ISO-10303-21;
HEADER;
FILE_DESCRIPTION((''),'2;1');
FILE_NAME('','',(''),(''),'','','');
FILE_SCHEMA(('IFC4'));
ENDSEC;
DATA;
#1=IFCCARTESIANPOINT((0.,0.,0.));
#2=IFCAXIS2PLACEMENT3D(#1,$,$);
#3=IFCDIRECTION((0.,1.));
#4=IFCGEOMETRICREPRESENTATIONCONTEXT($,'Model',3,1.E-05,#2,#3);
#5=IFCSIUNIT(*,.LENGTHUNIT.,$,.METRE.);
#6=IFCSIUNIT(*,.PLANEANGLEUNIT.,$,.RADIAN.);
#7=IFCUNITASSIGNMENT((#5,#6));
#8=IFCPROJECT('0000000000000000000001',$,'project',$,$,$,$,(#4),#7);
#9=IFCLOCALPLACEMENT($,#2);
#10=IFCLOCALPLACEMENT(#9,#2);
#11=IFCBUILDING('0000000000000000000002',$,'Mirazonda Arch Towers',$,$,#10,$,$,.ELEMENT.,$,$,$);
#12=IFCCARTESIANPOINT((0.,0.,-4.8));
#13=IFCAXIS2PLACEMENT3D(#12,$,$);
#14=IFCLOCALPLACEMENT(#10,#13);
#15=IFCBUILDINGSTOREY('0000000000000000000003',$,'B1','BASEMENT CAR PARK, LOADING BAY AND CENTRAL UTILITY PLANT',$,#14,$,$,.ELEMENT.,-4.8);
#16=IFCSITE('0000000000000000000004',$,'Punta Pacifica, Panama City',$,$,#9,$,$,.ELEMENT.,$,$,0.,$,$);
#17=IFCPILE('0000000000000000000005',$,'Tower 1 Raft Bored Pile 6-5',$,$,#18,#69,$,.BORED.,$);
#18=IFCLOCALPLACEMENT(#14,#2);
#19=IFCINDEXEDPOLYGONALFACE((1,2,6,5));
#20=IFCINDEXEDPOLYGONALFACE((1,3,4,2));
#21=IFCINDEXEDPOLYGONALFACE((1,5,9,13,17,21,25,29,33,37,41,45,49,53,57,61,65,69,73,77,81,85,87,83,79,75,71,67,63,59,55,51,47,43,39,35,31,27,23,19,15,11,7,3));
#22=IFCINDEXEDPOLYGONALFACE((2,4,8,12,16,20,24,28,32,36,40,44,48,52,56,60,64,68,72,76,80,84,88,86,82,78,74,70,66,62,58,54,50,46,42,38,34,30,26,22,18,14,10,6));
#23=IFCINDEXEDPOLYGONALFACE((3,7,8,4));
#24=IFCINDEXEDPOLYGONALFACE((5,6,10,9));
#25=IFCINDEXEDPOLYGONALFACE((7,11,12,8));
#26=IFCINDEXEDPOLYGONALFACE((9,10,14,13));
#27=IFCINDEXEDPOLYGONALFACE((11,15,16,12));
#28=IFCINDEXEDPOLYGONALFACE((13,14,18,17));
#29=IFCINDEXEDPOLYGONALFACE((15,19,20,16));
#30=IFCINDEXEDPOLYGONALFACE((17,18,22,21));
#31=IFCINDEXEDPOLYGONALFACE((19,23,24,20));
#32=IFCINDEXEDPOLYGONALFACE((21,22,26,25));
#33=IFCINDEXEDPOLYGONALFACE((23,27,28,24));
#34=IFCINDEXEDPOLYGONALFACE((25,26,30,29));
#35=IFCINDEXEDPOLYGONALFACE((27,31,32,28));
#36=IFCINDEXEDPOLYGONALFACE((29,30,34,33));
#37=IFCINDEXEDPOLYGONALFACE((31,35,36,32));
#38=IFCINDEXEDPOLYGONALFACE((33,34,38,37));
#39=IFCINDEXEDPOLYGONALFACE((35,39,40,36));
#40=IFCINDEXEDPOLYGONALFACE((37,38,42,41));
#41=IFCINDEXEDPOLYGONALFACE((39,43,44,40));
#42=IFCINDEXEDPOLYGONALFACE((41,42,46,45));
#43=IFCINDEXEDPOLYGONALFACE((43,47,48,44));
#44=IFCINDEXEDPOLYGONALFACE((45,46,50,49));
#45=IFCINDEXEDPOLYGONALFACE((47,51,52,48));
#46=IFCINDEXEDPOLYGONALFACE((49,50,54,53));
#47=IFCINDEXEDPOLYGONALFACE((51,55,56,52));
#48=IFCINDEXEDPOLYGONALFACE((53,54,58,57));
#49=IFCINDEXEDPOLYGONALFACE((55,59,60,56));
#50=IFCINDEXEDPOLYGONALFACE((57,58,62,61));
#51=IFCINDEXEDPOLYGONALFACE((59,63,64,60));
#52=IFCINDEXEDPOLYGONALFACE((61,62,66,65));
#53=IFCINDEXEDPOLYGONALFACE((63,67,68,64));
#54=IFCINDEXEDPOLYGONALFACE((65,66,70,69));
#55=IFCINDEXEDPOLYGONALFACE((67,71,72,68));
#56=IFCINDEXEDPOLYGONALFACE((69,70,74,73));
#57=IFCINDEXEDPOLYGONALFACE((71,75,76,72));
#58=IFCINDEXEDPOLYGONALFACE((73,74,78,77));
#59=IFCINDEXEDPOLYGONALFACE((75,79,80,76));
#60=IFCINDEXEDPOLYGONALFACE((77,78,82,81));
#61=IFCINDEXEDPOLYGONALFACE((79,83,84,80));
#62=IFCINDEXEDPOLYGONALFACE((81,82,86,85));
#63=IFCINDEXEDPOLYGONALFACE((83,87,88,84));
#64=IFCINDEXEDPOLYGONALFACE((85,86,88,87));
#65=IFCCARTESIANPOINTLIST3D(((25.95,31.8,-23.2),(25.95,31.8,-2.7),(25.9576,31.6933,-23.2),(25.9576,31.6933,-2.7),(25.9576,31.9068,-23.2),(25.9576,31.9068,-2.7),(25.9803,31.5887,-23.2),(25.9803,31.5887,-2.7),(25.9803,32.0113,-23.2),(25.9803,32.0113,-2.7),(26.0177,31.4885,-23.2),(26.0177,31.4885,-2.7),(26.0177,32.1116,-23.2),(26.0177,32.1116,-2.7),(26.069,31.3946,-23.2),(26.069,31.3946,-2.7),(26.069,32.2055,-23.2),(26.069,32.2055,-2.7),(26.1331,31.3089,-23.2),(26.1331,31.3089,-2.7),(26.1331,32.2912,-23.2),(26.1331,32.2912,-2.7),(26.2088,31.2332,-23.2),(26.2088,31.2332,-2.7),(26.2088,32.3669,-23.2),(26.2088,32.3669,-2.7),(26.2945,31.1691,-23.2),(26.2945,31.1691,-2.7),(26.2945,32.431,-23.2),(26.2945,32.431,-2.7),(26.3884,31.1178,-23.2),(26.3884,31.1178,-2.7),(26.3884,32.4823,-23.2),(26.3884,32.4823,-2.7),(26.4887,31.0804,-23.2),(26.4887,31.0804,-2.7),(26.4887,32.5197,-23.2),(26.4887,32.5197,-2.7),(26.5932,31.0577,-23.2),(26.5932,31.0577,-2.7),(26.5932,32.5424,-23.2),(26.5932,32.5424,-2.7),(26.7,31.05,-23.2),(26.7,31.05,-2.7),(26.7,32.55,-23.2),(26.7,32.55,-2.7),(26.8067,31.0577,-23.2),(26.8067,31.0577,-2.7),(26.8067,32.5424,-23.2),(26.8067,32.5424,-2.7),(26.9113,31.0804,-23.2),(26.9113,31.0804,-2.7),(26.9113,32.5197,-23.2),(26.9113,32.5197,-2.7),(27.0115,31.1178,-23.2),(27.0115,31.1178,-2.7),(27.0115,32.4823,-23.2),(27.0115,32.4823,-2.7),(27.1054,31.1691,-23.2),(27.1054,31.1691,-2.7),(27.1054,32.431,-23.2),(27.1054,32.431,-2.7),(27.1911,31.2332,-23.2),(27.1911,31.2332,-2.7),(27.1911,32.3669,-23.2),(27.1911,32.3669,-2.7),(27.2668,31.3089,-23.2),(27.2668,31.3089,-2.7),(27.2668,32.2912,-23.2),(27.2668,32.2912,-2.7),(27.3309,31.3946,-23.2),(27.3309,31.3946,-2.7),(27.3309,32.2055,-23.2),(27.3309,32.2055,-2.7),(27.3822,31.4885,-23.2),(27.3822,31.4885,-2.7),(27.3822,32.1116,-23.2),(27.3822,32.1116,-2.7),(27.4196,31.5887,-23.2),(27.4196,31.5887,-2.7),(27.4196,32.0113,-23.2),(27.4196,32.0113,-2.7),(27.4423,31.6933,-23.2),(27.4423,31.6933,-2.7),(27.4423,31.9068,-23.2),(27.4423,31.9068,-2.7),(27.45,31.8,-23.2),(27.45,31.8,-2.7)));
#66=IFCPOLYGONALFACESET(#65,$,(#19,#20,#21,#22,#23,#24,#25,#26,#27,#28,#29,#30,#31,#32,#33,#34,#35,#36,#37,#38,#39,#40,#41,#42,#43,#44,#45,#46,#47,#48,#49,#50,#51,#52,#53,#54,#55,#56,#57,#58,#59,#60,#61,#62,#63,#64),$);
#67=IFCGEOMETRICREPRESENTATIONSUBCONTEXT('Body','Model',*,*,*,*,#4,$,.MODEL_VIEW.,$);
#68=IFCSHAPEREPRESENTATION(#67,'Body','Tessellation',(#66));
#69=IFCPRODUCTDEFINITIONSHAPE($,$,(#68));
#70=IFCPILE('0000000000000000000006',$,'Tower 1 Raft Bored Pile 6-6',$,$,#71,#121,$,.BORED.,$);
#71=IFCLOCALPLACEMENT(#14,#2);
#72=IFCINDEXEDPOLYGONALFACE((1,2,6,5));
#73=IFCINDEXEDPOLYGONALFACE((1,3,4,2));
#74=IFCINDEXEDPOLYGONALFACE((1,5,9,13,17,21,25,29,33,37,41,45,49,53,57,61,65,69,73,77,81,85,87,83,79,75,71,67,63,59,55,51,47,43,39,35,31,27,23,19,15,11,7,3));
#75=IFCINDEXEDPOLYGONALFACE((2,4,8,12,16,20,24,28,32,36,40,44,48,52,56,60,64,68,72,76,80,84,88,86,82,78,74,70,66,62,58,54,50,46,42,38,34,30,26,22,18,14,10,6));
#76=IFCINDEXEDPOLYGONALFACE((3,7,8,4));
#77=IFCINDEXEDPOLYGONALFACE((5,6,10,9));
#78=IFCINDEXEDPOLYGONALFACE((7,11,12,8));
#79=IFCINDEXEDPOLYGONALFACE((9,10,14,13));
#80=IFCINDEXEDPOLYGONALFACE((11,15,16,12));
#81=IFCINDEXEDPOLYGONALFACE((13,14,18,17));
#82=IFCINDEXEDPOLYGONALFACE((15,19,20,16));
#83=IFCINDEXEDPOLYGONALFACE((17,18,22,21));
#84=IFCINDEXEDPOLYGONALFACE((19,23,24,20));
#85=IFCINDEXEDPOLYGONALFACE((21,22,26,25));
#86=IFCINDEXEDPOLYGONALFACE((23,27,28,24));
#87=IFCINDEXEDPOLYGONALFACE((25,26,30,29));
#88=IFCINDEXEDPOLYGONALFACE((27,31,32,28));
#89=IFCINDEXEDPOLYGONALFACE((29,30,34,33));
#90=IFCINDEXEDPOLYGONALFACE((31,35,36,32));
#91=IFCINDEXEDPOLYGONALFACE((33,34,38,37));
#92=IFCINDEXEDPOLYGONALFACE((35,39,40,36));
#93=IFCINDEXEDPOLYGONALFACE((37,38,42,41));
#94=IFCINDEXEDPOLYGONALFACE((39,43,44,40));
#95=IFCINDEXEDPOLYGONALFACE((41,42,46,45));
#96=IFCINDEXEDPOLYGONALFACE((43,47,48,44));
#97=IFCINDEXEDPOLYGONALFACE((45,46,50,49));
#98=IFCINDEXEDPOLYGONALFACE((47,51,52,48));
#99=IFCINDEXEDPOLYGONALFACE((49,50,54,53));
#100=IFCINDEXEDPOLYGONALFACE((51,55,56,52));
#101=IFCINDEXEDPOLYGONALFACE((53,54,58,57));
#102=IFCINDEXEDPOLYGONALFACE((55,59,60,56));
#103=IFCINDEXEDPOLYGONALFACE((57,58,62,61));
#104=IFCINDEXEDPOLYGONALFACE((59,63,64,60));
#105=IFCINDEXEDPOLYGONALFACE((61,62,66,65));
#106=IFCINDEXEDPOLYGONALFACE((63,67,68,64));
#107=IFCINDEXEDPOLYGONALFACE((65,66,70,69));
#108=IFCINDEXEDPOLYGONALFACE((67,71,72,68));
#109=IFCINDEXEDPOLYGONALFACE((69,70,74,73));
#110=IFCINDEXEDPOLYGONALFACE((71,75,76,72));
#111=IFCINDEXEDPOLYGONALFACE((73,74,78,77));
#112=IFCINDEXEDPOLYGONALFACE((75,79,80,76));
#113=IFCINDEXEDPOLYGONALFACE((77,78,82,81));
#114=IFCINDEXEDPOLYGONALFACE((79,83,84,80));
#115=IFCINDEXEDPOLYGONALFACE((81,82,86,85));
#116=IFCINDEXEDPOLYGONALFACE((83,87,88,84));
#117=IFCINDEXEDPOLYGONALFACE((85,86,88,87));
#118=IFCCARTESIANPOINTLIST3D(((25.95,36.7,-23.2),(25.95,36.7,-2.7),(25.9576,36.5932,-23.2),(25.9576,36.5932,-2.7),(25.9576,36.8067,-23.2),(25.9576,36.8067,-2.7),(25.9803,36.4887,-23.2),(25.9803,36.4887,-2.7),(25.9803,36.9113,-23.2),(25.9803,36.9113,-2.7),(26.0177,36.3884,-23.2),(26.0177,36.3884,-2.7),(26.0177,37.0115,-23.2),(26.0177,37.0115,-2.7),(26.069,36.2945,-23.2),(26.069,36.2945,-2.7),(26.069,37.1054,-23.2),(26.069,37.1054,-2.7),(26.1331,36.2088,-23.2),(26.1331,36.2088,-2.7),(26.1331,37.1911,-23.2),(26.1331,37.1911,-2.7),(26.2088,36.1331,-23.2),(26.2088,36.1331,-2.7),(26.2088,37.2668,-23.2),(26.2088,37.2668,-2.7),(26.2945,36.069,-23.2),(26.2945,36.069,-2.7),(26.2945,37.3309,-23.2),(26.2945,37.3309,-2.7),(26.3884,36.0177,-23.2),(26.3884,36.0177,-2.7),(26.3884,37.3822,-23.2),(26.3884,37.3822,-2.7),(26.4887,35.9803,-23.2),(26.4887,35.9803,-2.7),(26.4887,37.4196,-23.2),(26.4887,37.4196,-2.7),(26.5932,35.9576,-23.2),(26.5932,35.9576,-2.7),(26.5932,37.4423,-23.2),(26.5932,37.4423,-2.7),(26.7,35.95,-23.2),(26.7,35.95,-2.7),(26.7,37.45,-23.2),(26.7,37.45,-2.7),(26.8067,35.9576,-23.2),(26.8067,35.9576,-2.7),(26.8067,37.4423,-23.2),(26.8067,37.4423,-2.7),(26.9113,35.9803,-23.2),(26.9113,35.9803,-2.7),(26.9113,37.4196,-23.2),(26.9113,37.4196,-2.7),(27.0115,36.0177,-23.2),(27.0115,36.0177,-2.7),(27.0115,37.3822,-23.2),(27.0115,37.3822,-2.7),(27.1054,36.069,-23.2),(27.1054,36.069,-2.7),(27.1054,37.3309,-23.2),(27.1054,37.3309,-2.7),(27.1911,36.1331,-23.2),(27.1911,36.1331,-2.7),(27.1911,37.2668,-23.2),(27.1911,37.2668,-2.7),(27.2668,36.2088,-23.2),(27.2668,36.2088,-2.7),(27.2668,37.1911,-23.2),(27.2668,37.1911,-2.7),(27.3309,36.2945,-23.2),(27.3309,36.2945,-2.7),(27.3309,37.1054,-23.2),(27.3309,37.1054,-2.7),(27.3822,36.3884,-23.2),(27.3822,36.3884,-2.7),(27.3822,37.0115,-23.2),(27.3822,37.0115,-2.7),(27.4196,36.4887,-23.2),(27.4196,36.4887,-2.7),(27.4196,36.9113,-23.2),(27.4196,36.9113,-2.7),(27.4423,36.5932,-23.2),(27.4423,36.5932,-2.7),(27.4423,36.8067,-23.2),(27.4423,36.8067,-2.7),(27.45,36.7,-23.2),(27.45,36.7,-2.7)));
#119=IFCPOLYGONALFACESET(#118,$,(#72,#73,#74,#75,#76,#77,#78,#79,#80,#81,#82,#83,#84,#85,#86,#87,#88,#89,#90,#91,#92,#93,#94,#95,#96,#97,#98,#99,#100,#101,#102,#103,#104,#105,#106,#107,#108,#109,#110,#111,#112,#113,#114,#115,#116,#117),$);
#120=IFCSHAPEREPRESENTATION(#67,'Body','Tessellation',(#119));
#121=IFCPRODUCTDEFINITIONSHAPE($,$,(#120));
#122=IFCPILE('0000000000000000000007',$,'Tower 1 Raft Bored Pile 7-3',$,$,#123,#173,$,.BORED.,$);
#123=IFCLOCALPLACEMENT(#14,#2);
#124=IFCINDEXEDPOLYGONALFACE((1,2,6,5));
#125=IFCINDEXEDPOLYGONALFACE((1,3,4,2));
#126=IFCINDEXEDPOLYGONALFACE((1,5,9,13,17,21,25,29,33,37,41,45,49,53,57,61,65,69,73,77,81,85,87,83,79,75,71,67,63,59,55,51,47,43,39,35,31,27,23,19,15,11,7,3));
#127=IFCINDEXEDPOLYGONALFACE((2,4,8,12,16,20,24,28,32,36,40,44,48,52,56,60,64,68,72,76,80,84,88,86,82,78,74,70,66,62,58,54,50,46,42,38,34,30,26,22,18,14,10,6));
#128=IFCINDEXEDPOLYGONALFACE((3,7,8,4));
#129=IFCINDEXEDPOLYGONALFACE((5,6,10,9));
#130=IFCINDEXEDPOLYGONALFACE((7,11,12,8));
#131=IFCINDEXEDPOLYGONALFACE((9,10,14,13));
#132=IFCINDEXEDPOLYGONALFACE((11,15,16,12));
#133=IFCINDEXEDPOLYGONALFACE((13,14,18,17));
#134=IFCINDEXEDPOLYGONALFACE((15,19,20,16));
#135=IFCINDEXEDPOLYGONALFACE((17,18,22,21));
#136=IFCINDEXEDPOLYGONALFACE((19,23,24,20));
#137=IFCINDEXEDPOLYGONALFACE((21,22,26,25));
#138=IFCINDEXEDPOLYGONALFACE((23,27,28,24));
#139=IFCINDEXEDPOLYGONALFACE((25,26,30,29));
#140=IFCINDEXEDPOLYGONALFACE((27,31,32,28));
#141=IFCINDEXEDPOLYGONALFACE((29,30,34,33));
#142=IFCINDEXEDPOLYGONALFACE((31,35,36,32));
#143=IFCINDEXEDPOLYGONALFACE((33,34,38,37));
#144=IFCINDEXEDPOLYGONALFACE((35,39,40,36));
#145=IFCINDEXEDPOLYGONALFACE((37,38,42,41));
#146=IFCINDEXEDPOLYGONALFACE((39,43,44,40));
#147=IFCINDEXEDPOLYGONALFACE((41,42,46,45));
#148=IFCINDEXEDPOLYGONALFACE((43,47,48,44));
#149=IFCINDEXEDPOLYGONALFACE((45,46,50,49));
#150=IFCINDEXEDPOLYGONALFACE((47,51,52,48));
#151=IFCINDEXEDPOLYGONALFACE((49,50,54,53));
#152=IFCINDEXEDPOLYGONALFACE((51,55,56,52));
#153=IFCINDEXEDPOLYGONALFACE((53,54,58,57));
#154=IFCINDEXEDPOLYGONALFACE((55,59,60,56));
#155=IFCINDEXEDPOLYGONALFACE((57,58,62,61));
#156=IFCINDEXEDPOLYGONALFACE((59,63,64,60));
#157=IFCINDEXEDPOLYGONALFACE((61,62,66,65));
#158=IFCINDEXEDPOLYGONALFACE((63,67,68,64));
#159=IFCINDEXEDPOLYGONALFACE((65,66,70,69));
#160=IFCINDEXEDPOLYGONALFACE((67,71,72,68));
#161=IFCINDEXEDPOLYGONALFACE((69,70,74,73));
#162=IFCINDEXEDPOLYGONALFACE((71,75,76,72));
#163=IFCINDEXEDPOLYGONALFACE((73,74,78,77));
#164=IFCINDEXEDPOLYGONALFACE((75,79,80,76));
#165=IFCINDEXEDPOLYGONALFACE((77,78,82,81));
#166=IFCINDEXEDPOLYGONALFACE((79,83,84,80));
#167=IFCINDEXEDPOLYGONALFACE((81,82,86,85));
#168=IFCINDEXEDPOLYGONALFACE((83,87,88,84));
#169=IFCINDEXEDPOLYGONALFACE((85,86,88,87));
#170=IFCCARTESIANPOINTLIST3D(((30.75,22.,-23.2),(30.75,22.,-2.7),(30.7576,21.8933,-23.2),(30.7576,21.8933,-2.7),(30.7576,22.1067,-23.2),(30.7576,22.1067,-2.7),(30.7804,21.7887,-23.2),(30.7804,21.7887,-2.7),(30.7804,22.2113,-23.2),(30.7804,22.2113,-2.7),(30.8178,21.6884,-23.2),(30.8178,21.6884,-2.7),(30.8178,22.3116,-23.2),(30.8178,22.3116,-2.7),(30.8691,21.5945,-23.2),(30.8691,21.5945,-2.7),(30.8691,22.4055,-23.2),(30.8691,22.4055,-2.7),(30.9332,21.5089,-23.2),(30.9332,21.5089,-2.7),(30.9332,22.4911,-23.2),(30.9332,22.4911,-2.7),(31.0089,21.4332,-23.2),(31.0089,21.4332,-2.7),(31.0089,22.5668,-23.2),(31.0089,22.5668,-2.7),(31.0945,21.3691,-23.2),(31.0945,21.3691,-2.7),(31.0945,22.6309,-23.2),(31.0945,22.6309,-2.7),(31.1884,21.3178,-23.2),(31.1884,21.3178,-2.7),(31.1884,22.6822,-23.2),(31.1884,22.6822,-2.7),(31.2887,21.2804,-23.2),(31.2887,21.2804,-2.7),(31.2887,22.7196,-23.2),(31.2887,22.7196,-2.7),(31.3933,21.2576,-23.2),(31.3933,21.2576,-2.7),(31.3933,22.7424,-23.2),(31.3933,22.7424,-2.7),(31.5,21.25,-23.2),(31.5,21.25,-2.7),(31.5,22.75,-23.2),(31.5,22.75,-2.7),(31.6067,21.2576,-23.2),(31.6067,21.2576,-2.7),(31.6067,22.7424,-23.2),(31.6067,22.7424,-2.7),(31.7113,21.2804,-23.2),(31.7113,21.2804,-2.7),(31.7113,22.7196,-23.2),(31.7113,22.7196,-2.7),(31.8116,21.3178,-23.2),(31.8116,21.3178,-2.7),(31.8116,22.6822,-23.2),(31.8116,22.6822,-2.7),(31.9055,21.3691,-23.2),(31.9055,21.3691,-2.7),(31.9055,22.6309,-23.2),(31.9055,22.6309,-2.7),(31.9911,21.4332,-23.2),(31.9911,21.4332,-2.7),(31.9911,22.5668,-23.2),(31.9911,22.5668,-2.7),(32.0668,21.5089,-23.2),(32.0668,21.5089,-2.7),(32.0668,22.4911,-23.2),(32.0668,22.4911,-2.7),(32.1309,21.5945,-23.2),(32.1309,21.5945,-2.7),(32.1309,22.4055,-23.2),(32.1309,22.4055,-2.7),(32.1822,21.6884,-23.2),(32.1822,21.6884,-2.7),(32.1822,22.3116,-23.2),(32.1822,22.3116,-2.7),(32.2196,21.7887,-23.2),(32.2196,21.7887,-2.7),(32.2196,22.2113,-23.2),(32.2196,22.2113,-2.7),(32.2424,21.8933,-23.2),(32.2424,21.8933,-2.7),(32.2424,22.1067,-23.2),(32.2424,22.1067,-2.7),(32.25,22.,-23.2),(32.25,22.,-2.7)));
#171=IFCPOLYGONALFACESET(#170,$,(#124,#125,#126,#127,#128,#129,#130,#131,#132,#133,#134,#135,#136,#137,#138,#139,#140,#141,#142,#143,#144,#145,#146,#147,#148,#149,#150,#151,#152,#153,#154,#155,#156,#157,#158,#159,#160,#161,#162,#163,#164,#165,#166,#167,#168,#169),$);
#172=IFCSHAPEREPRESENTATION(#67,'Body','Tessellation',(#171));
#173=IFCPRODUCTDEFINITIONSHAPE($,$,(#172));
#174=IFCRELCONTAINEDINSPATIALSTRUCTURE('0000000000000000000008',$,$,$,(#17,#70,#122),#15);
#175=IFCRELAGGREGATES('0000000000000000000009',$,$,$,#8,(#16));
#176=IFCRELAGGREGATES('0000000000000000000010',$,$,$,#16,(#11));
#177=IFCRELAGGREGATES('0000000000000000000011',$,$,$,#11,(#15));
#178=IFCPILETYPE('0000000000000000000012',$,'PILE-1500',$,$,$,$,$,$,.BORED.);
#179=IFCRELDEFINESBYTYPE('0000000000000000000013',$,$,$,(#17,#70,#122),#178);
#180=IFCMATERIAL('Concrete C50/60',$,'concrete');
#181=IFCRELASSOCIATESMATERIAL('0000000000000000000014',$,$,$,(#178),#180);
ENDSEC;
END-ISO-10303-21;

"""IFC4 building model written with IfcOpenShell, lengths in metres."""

from ifc_helpers import new_model, si_unit, direction, frame, origin, origin_2d, place, context, subcontext, project, spatial, circle, extrude, material, material_profile, profile_set, type_object, element, save


model = new_model("IFC4")

# Units and contexts
model_context = context("Model", 3, precision=1e-05, world=origin(), true_north=direction((0.0, 1.0)))
body_context = subcontext(model_context, "Body", "Model", "MODEL_VIEW")
ifc_project = project(units=[si_unit("LENGTHUNIT", "METRE"), si_unit("PLANEANGLEUNIT", "RADIAN")], contexts=[model_context])

# Site, building, storey
site_placement = place(None, origin())
site = spatial("IfcSite", under=ifc_project, at=site_placement, Name="Punta Pacifica, Panama City", CompositionType="ELEMENT", RefElevation=0.0)
building_placement = place(site_placement, origin())
building = spatial("IfcBuilding", under=site, at=building_placement, Name="Mirazonda Arch Towers", CompositionType="ELEMENT")
storey_placement = place(building_placement, frame((0.0, 0.0, -4.8)))
storey = spatial("IfcBuildingStorey", under=building, at=storey_placement, Name="B1", Description="BASEMENT CAR PARK, LOADING BAY AND CENTRAL UTILITY PLANT", CompositionType="ELEMENT", Elevation=-4.8)

# Piles
ifc_material_1 = material(Name="Concrete C50/60", Category="concrete")
ifc_material_profile_1 = material_profile(ifc_material_1, circle(Radius=0.75, at=origin_2d()), Name="BORED-D1500")
ifc_profile_set_1 = profile_set([ifc_material_profile_1], Name="Concrete C50/60")
pile_type = type_object("IfcPileType", Name="PILE-1500", PredefinedType="BORED", material=ifc_profile_set_1)
for number, where, z_axis, x_axis, name in (
    (1, (26.7, 31.8, -2.7), (0.0, 0.0, -1.0), (1.0, 0.0, 0.0), "Tower 1 Raft Bored Pile 6-5"),
    (2, (26.7, 36.7, -2.7), (0.0, 0.0, -1.0), (1.0, 0.0, 0.0), "Tower 1 Raft Bored Pile 6-6"),
    (3, (31.5, 22.0, -2.7), (0.0, 0.0, -1.0), (1.0, 0.0, 0.0), "Tower 1 Raft Bored Pile 7-3"),
):
    element("IfcPile", number, at=place(storey_placement, frame(where, z_axis=z_axis, x_axis=x_axis)), inside=storey, type_object=pile_type, Name=name, PredefinedType="BORED", context=body_context, shape_type="SweptSolid", body=[
        extrude(circle(Radius=0.75, at=origin_2d()), origin(), (0.0, 0.0, 1.0), 20.5),
    ])

save(model, "model.ifc")
